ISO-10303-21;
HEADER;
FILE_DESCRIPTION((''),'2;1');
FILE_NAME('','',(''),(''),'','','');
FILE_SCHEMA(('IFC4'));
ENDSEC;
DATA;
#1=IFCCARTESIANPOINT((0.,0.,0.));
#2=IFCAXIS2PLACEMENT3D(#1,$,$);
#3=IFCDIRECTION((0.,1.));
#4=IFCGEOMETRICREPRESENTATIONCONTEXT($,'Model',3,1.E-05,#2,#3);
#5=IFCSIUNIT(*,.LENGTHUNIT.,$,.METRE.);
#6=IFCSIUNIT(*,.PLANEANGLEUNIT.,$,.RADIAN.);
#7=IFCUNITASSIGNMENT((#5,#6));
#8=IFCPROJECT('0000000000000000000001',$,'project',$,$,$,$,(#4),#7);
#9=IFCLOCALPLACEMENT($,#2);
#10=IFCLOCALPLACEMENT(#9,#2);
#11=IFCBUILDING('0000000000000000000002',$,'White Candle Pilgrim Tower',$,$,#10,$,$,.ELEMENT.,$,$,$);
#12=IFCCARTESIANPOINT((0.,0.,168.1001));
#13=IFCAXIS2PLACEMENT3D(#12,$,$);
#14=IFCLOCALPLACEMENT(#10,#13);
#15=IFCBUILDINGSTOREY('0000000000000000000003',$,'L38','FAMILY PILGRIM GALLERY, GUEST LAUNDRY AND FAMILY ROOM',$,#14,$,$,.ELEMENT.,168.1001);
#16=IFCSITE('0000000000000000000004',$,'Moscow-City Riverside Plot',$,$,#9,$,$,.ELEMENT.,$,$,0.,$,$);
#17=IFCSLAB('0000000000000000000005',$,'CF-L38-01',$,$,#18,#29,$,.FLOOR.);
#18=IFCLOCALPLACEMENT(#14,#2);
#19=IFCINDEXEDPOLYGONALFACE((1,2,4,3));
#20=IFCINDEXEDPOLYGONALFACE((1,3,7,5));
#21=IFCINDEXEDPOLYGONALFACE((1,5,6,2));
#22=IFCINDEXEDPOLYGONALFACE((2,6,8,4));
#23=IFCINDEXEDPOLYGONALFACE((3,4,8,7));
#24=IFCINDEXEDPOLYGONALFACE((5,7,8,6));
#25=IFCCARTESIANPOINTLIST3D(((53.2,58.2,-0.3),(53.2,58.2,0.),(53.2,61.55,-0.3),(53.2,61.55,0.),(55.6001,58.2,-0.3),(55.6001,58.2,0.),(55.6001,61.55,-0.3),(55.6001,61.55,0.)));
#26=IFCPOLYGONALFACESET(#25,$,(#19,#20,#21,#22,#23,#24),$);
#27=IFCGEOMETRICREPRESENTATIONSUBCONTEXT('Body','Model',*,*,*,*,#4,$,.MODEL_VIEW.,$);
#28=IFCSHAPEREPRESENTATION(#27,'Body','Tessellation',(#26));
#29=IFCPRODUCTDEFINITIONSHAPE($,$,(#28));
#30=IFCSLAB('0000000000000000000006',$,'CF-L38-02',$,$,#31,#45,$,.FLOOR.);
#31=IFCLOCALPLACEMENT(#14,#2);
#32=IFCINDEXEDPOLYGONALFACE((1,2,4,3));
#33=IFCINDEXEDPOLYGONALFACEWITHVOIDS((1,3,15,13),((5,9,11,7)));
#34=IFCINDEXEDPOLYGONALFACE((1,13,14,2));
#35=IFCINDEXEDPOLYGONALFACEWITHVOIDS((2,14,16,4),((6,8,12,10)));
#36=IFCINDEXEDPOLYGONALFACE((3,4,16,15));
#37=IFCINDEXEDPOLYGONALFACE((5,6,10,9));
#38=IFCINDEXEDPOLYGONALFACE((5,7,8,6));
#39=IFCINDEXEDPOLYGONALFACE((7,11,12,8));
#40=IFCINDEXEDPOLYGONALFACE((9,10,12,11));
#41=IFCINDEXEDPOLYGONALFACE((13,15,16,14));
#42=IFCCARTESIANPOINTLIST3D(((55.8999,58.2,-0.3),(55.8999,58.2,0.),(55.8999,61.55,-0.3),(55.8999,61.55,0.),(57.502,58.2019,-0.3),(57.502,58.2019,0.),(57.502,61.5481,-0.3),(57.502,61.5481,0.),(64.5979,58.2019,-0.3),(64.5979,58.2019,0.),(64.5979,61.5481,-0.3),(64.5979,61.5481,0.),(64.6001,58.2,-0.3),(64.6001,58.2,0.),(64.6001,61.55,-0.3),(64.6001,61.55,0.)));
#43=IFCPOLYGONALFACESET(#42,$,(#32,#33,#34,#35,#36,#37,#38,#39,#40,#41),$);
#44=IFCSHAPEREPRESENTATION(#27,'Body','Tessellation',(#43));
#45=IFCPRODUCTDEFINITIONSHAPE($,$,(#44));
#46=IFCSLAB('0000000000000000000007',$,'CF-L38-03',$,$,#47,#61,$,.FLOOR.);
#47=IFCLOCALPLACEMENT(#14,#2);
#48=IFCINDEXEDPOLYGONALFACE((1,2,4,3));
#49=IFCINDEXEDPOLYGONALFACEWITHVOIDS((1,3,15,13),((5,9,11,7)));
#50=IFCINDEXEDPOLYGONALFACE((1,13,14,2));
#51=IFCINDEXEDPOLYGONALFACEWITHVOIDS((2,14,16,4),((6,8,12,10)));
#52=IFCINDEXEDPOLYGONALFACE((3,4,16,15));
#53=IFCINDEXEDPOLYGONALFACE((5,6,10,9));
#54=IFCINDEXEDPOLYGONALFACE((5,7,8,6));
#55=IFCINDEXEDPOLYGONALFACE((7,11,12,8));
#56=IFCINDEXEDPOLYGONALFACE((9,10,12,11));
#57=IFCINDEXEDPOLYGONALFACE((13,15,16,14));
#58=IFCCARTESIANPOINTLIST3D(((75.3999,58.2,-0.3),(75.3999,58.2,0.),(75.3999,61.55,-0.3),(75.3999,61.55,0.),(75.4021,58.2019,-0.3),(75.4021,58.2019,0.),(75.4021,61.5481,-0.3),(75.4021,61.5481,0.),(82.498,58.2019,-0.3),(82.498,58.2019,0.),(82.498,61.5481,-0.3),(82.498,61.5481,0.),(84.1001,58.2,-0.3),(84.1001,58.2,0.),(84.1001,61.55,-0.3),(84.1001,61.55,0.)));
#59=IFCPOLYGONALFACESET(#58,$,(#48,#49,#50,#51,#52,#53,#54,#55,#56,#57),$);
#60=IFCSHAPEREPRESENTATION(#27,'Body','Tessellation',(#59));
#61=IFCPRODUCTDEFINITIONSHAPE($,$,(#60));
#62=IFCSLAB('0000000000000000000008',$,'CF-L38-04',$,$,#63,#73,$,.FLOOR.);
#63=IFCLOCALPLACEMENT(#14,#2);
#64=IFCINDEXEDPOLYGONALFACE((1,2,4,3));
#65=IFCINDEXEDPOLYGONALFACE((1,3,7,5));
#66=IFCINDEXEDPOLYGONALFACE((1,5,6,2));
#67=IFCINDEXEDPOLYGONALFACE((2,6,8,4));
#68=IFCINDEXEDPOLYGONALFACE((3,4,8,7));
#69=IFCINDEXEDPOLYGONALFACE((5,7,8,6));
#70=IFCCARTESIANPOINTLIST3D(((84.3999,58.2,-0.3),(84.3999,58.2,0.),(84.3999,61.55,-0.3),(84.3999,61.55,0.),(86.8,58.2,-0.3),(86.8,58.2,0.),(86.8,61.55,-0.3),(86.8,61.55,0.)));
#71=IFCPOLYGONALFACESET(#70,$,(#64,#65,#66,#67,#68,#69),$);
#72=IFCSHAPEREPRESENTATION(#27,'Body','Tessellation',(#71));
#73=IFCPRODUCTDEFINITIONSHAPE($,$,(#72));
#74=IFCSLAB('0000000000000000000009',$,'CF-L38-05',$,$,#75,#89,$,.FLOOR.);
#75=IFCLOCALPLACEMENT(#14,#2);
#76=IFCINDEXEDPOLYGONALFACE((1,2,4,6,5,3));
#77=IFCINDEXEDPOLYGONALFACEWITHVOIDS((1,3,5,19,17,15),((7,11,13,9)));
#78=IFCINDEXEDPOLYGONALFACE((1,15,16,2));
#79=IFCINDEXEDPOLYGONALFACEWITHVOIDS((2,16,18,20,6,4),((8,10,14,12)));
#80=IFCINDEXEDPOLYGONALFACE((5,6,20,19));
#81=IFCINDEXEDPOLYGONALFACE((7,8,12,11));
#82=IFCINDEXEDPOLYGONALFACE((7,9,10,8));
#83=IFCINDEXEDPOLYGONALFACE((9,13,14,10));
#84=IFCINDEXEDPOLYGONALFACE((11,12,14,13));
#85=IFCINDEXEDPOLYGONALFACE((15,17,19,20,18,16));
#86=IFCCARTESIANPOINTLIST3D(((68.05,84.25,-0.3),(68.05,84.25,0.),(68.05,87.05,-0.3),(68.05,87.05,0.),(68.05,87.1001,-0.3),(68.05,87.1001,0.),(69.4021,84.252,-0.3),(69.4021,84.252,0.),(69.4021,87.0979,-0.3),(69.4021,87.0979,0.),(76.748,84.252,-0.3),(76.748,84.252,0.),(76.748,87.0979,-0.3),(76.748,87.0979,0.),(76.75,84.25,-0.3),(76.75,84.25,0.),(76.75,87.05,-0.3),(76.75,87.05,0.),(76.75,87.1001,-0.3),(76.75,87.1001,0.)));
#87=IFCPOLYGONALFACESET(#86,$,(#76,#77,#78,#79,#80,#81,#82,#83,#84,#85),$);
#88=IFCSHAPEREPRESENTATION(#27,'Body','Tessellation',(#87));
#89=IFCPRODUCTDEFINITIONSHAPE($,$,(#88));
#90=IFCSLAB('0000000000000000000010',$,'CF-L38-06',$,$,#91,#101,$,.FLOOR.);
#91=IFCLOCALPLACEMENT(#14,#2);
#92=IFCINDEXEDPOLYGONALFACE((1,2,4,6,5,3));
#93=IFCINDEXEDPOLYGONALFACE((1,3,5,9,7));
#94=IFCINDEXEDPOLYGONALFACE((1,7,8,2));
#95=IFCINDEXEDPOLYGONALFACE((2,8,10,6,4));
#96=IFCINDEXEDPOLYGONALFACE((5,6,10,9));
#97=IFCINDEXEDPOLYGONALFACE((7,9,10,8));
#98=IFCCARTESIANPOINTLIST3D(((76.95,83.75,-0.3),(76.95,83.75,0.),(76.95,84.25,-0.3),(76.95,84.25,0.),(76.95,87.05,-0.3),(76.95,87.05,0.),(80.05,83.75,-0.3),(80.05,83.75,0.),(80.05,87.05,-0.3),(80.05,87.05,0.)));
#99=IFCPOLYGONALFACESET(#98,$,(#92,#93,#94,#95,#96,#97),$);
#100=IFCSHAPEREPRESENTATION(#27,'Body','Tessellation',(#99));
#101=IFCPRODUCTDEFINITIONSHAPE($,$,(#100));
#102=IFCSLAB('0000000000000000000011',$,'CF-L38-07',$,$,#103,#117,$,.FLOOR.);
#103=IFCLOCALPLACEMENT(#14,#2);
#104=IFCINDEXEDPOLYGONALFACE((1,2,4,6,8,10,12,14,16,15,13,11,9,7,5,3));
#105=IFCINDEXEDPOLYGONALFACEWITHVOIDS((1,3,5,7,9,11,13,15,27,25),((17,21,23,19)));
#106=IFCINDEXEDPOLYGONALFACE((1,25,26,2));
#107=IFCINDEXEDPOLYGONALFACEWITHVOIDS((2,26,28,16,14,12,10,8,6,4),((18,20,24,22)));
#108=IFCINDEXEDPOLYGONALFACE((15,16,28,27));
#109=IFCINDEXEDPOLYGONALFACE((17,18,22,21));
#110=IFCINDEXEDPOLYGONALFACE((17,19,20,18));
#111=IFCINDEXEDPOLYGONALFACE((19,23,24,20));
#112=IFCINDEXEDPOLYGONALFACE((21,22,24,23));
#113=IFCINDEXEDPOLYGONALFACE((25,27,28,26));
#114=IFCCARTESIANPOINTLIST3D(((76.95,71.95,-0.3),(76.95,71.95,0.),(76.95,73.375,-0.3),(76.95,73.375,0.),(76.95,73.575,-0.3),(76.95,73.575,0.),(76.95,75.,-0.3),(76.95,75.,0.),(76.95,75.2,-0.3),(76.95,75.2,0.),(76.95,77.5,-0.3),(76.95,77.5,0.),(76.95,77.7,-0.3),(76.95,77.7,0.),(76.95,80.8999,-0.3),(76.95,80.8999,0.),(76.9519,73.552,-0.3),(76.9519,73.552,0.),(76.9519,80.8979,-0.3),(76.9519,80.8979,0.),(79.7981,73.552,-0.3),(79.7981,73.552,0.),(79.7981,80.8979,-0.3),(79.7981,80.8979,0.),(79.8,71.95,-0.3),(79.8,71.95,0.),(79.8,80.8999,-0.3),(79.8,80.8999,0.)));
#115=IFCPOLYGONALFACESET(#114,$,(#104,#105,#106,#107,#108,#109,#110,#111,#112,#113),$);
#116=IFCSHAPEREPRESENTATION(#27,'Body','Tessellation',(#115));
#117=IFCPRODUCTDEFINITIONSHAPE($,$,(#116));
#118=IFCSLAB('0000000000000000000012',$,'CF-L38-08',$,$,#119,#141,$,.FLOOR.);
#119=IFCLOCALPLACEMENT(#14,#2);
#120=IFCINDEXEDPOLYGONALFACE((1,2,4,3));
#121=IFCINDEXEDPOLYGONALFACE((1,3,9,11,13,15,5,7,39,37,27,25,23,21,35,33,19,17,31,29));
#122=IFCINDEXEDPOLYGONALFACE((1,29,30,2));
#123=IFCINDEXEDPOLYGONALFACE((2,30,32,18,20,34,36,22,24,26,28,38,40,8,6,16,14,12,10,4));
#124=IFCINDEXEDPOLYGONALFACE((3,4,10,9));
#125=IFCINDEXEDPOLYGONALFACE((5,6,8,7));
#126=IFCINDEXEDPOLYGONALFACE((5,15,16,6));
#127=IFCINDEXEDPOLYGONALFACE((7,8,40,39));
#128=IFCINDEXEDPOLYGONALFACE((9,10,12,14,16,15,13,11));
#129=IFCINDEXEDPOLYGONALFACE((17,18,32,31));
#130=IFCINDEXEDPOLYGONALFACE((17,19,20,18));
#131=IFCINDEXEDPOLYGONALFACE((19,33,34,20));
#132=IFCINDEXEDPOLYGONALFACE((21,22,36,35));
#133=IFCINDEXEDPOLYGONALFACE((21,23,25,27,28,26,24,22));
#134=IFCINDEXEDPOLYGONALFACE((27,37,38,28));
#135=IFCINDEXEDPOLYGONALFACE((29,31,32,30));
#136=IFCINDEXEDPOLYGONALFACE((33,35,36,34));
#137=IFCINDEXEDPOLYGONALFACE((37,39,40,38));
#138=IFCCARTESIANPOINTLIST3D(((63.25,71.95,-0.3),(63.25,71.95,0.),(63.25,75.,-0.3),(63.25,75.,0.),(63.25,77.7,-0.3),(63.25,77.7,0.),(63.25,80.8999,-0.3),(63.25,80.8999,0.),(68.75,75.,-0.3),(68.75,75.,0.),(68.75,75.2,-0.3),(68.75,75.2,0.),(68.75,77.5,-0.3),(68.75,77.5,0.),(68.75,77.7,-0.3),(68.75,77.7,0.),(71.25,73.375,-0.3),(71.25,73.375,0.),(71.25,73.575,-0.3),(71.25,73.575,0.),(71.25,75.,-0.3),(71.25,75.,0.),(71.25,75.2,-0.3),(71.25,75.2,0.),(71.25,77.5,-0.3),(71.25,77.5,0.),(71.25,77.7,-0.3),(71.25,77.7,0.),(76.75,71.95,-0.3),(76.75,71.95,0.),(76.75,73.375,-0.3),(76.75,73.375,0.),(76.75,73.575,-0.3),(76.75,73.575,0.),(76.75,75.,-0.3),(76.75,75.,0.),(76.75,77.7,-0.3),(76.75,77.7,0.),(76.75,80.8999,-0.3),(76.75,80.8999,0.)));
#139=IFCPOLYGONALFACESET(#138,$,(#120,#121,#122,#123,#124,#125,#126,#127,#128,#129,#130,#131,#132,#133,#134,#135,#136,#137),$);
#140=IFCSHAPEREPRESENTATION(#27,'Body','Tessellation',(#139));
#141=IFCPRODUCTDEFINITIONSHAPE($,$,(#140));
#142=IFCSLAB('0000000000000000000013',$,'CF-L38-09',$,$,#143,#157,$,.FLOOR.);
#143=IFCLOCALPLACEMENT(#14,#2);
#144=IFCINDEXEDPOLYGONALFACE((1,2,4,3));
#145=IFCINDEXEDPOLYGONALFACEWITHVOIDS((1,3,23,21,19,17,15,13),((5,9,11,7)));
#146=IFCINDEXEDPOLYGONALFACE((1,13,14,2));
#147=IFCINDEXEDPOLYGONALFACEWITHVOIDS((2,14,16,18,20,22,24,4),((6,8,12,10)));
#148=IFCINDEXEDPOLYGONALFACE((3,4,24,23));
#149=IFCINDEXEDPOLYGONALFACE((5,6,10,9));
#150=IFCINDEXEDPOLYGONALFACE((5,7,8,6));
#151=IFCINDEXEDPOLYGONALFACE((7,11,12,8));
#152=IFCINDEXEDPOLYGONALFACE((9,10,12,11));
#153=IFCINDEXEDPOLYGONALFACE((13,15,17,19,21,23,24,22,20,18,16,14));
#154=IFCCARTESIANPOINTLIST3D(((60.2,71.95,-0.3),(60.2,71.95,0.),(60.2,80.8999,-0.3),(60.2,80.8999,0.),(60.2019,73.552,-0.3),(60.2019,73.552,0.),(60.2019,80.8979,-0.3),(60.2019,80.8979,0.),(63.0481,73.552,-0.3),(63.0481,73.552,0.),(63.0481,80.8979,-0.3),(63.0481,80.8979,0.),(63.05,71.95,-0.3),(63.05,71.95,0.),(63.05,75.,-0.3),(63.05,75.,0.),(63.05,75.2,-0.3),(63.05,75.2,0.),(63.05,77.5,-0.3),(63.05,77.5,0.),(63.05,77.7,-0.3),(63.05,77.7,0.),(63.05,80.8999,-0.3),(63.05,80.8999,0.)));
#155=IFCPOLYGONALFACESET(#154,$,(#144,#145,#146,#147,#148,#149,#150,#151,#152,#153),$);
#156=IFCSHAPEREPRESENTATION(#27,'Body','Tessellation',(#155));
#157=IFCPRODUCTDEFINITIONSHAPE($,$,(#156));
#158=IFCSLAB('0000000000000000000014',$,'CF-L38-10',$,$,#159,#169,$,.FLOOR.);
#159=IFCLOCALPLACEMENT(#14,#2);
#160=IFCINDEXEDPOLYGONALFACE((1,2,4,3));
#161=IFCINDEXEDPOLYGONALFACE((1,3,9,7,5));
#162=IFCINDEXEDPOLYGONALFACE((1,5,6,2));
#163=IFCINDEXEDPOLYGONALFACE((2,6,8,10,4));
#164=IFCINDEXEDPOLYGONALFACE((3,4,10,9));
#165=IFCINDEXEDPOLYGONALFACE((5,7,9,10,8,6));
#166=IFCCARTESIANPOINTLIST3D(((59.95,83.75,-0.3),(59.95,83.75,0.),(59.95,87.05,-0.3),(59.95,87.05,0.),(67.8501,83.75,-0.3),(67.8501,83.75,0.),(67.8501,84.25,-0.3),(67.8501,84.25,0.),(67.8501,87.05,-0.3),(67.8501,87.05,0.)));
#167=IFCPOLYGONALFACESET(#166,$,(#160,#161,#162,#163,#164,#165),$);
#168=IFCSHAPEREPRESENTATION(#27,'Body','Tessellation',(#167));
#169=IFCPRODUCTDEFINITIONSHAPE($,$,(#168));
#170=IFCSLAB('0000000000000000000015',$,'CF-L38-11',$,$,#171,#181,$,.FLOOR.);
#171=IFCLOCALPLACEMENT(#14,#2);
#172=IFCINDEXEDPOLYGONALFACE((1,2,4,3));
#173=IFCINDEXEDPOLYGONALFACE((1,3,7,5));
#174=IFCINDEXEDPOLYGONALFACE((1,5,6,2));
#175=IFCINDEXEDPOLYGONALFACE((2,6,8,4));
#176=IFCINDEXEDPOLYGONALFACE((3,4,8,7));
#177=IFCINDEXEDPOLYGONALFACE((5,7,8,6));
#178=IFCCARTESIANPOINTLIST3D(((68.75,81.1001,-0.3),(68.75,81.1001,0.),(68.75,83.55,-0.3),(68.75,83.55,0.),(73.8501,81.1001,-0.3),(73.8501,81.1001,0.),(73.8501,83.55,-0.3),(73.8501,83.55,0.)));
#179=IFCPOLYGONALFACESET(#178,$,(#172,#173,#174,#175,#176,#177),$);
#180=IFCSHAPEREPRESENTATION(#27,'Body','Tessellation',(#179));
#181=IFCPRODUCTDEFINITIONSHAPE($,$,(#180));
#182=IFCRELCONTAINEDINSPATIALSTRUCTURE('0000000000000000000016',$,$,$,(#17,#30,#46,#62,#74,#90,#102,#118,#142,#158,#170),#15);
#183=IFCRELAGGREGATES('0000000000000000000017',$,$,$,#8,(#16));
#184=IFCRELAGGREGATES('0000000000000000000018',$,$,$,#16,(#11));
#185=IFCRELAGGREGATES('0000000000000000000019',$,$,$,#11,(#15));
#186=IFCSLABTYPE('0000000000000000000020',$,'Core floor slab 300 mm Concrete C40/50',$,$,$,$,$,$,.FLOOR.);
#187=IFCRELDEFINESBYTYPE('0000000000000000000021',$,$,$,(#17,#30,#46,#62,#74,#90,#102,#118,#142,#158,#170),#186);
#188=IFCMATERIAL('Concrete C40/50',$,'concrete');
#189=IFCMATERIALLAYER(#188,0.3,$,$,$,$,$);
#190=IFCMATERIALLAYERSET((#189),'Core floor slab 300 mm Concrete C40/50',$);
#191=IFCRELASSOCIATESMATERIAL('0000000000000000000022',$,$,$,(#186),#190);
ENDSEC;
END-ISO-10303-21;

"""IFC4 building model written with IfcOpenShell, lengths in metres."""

from ifc_helpers import new_model, si_unit, direction, frame, origin, place, context, subcontext, project, spatial, polyline, outline, extrude, material, layer, layer_set, type_object, element, save


model = new_model("IFC4")

# Units and contexts
model_context = context("Model", 3, precision=1e-05, world=origin(), true_north=direction((0.0, 1.0)))
body_context = subcontext(model_context, "Body", "Model", "MODEL_VIEW")
ifc_project = project(units=[si_unit("LENGTHUNIT", "METRE"), si_unit("PLANEANGLEUNIT", "RADIAN")], contexts=[model_context])

# Site, building, storey
site_placement = place(None, origin())
site = spatial("IfcSite", under=ifc_project, at=site_placement, Name="Moscow-City Riverside Plot", CompositionType="ELEMENT", RefElevation=0.0)
building_placement = place(site_placement, origin())
building = spatial("IfcBuilding", under=site, at=building_placement, Name="White Candle Pilgrim Tower", CompositionType="ELEMENT")
storey_placement = place(building_placement, frame((0.0, 0.0, 168.1001)))
storey = spatial("IfcBuildingStorey", under=building, at=storey_placement, Name="L38", Description="FAMILY PILGRIM GALLERY, GUEST LAUNDRY AND FAMILY ROOM", CompositionType="ELEMENT", Elevation=168.1001)

# Slabs
ifc_material = material(Name="Concrete C40/50", Category="concrete")
ifc_layer_1 = layer(ifc_material, 0.3)
ifc_layer_set_1 = layer_set([ifc_layer_1], Name="Core floor slab 300 mm Concrete C40/50")
slab_type_1 = type_object("IfcSlabType", Name="Core floor slab 300 mm Concrete C40/50", PredefinedType="FLOOR", material=ifc_layer_set_1)
slab_1_placement = place(storey_placement, frame((0.0, 0.0, -0.3)))
element("IfcSlab", 1, at=slab_1_placement, inside=storey, type_object=slab_type_1, Name="CF-L38-01", PredefinedType="FLOOR", context=body_context, shape_type="SweptSolid", body=[
    extrude(outline(polyline([(55.6001, 58.2), (53.2, 58.2), (53.2, 61.55), (55.6001, 61.55), (55.6001, 58.2)])), origin(), (0.0, 0.0, 1.0), 0.3),
])
slab_2_placement = place(storey_placement, frame((0.0, 0.0, -0.3)))
element("IfcSlab", 2, at=slab_2_placement, inside=storey, type_object=slab_type_1, Name="CF-L38-02", PredefinedType="FLOOR", context=body_context, shape_type="SweptSolid", body=[
    extrude(outline(polyline([(55.8999, 58.2), (55.8999, 61.55), (64.6001, 61.55), (64.6001, 58.2), (55.8999, 58.2)]), holes=[polyline([(57.502, 61.5481), (57.502, 58.2019), (64.5979, 58.2019), (64.5979, 61.5481), (57.502, 61.5481)])]), origin(), (0.0, 0.0, 1.0), 0.3),
])
slab_3_placement = place(storey_placement, frame((0.0, 0.0, -0.3)))
element("IfcSlab", 3, at=slab_3_placement, inside=storey, type_object=slab_type_1, Name="CF-L38-03", PredefinedType="FLOOR", context=body_context, shape_type="SweptSolid", body=[
    extrude(outline(polyline([(75.3999, 58.2), (75.3999, 61.55), (84.1001, 61.55), (84.1001, 58.2), (75.3999, 58.2)]), holes=[polyline([(82.498, 58.2019), (82.498, 61.5481), (75.4021, 61.5481), (75.4021, 58.2019), (82.498, 58.2019)])]), origin(), (0.0, 0.0, 1.0), 0.3),
])
slab_4_placement = place(storey_placement, frame((0.0, 0.0, -0.3)))
element("IfcSlab", 4, at=slab_4_placement, inside=storey, type_object=slab_type_1, Name="CF-L38-04", PredefinedType="FLOOR", context=body_context, shape_type="SweptSolid", body=[
    extrude(outline(polyline([(86.8, 58.2), (84.3999, 58.2), (84.3999, 61.55), (86.8, 61.55), (86.8, 58.2)])), origin(), (0.0, 0.0, 1.0), 0.3),
])
slab_5_placement = place(storey_placement, frame((0.0, 0.0, -0.3)))
element("IfcSlab", 5, at=slab_5_placement, inside=storey, type_object=slab_type_1, Name="CF-L38-05", PredefinedType="FLOOR", context=body_context, shape_type="SweptSolid", body=[
    extrude(outline(polyline([(76.75, 87.1001), (76.75, 87.05), (76.75, 84.25), (68.05, 84.25), (68.05, 87.05), (68.05, 87.1001), (76.75, 87.1001)]), holes=[polyline([(69.4021, 87.0979), (69.4021, 84.252), (76.748, 84.252), (76.748, 87.0979), (69.4021, 87.0979)])]), origin(), (0.0, 0.0, 1.0), 0.3),
])
slab_6_placement = place(storey_placement, frame((0.0, 0.0, -0.3)))
element("IfcSlab", 6, at=slab_6_placement, inside=storey, type_object=slab_type_1, Name="CF-L38-06", PredefinedType="FLOOR", context=body_context, shape_type="SweptSolid", body=[
    extrude(outline(polyline([(80.05, 87.05), (80.05, 83.75), (76.95, 83.75), (76.95, 84.25), (76.95, 87.05), (80.05, 87.05)])), origin(), (0.0, 0.0, 1.0), 0.3),
])
slab_7_placement = place(storey_placement, frame((0.0, 0.0, -0.3)))
element("IfcSlab", 7, at=slab_7_placement, inside=storey, type_object=slab_type_1, Name="CF-L38-07", PredefinedType="FLOOR", context=body_context, shape_type="SweptSolid", body=[
    extrude(outline(polyline([(76.95, 71.95), (76.95, 73.375), (76.95, 73.575), (76.95, 75.0), (76.95, 75.2), (76.95, 77.5), (76.95, 77.7), (76.95, 80.8999), (79.8, 80.8999), (79.8, 71.95), (76.95, 71.95)]), holes=[polyline([(76.9519, 73.552), (79.7981, 73.552), (79.7981, 80.8979), (76.9519, 80.8979), (76.9519, 73.552)])]), origin(), (0.0, 0.0, 1.0), 0.3),
])
slab_8_placement = place(storey_placement, frame((0.0, 0.0, -0.3)))
element("IfcSlab", 8, at=slab_8_placement, inside=storey, type_object=slab_type_1, Name="CF-L38-08", PredefinedType="FLOOR", context=body_context, shape_type="SweptSolid", body=[
    extrude(outline(polyline([(63.25, 71.95), (63.25, 75.0), (68.75, 75.0), (68.75, 75.2), (68.75, 77.5), (68.75, 77.7), (63.25, 77.7), (63.25, 80.8999), (76.75, 80.8999), (76.75, 77.7), (71.25, 77.7), (71.25, 77.5), (71.25, 75.2), (71.25, 75.0), (76.75, 75.0), (76.75, 73.575), (71.25, 73.575), (71.25, 73.375), (76.75, 73.375), (76.75, 71.95), (63.25, 71.95)])), origin(), (0.0, 0.0, 1.0), 0.3),
])
slab_9_placement = place(storey_placement, frame((0.0, 0.0, -0.3)))
element("IfcSlab", 9, at=slab_9_placement, inside=storey, type_object=slab_type_1, Name="CF-L38-09", PredefinedType="FLOOR", context=body_context, shape_type="SweptSolid", body=[
    extrude(outline(polyline([(60.2, 71.95), (60.2, 80.8999), (63.05, 80.8999), (63.05, 77.7), (63.05, 77.5), (63.05, 75.2), (63.05, 75.0), (63.05, 71.95), (60.2, 71.95)]), holes=[polyline([(60.2019, 73.552), (63.0481, 73.552), (63.0481, 80.8979), (60.2019, 80.8979), (60.2019, 73.552)])]), origin(), (0.0, 0.0, 1.0), 0.3),
])
slab_10_placement = place(storey_placement, frame((0.0, 0.0, -0.3)))
element("IfcSlab", 10, at=slab_10_placement, inside=storey, type_object=slab_type_1, Name="CF-L38-10", PredefinedType="FLOOR", context=body_context, shape_type="SweptSolid", body=[
    extrude(outline(polyline([(59.95, 87.05), (67.8501, 87.05), (67.8501, 84.25), (67.8501, 83.75), (59.95, 83.75), (59.95, 87.05)])), origin(), (0.0, 0.0, 1.0), 0.3),
])
slab_11_placement = place(storey_placement, frame((0.0, 0.0, -0.3)))
element("IfcSlab", 11, at=slab_11_placement, inside=storey, type_object=slab_type_1, Name="CF-L38-11", PredefinedType="FLOOR", context=body_context, shape_type="SweptSolid", body=[
    extrude(outline(polyline([(73.8501, 83.55), (73.8501, 81.1001), (68.75, 81.1001), (68.75, 83.55), (73.8501, 83.55)])), origin(), (0.0, 0.0, 1.0), 0.3),
])

save(model, "model.ifc")
